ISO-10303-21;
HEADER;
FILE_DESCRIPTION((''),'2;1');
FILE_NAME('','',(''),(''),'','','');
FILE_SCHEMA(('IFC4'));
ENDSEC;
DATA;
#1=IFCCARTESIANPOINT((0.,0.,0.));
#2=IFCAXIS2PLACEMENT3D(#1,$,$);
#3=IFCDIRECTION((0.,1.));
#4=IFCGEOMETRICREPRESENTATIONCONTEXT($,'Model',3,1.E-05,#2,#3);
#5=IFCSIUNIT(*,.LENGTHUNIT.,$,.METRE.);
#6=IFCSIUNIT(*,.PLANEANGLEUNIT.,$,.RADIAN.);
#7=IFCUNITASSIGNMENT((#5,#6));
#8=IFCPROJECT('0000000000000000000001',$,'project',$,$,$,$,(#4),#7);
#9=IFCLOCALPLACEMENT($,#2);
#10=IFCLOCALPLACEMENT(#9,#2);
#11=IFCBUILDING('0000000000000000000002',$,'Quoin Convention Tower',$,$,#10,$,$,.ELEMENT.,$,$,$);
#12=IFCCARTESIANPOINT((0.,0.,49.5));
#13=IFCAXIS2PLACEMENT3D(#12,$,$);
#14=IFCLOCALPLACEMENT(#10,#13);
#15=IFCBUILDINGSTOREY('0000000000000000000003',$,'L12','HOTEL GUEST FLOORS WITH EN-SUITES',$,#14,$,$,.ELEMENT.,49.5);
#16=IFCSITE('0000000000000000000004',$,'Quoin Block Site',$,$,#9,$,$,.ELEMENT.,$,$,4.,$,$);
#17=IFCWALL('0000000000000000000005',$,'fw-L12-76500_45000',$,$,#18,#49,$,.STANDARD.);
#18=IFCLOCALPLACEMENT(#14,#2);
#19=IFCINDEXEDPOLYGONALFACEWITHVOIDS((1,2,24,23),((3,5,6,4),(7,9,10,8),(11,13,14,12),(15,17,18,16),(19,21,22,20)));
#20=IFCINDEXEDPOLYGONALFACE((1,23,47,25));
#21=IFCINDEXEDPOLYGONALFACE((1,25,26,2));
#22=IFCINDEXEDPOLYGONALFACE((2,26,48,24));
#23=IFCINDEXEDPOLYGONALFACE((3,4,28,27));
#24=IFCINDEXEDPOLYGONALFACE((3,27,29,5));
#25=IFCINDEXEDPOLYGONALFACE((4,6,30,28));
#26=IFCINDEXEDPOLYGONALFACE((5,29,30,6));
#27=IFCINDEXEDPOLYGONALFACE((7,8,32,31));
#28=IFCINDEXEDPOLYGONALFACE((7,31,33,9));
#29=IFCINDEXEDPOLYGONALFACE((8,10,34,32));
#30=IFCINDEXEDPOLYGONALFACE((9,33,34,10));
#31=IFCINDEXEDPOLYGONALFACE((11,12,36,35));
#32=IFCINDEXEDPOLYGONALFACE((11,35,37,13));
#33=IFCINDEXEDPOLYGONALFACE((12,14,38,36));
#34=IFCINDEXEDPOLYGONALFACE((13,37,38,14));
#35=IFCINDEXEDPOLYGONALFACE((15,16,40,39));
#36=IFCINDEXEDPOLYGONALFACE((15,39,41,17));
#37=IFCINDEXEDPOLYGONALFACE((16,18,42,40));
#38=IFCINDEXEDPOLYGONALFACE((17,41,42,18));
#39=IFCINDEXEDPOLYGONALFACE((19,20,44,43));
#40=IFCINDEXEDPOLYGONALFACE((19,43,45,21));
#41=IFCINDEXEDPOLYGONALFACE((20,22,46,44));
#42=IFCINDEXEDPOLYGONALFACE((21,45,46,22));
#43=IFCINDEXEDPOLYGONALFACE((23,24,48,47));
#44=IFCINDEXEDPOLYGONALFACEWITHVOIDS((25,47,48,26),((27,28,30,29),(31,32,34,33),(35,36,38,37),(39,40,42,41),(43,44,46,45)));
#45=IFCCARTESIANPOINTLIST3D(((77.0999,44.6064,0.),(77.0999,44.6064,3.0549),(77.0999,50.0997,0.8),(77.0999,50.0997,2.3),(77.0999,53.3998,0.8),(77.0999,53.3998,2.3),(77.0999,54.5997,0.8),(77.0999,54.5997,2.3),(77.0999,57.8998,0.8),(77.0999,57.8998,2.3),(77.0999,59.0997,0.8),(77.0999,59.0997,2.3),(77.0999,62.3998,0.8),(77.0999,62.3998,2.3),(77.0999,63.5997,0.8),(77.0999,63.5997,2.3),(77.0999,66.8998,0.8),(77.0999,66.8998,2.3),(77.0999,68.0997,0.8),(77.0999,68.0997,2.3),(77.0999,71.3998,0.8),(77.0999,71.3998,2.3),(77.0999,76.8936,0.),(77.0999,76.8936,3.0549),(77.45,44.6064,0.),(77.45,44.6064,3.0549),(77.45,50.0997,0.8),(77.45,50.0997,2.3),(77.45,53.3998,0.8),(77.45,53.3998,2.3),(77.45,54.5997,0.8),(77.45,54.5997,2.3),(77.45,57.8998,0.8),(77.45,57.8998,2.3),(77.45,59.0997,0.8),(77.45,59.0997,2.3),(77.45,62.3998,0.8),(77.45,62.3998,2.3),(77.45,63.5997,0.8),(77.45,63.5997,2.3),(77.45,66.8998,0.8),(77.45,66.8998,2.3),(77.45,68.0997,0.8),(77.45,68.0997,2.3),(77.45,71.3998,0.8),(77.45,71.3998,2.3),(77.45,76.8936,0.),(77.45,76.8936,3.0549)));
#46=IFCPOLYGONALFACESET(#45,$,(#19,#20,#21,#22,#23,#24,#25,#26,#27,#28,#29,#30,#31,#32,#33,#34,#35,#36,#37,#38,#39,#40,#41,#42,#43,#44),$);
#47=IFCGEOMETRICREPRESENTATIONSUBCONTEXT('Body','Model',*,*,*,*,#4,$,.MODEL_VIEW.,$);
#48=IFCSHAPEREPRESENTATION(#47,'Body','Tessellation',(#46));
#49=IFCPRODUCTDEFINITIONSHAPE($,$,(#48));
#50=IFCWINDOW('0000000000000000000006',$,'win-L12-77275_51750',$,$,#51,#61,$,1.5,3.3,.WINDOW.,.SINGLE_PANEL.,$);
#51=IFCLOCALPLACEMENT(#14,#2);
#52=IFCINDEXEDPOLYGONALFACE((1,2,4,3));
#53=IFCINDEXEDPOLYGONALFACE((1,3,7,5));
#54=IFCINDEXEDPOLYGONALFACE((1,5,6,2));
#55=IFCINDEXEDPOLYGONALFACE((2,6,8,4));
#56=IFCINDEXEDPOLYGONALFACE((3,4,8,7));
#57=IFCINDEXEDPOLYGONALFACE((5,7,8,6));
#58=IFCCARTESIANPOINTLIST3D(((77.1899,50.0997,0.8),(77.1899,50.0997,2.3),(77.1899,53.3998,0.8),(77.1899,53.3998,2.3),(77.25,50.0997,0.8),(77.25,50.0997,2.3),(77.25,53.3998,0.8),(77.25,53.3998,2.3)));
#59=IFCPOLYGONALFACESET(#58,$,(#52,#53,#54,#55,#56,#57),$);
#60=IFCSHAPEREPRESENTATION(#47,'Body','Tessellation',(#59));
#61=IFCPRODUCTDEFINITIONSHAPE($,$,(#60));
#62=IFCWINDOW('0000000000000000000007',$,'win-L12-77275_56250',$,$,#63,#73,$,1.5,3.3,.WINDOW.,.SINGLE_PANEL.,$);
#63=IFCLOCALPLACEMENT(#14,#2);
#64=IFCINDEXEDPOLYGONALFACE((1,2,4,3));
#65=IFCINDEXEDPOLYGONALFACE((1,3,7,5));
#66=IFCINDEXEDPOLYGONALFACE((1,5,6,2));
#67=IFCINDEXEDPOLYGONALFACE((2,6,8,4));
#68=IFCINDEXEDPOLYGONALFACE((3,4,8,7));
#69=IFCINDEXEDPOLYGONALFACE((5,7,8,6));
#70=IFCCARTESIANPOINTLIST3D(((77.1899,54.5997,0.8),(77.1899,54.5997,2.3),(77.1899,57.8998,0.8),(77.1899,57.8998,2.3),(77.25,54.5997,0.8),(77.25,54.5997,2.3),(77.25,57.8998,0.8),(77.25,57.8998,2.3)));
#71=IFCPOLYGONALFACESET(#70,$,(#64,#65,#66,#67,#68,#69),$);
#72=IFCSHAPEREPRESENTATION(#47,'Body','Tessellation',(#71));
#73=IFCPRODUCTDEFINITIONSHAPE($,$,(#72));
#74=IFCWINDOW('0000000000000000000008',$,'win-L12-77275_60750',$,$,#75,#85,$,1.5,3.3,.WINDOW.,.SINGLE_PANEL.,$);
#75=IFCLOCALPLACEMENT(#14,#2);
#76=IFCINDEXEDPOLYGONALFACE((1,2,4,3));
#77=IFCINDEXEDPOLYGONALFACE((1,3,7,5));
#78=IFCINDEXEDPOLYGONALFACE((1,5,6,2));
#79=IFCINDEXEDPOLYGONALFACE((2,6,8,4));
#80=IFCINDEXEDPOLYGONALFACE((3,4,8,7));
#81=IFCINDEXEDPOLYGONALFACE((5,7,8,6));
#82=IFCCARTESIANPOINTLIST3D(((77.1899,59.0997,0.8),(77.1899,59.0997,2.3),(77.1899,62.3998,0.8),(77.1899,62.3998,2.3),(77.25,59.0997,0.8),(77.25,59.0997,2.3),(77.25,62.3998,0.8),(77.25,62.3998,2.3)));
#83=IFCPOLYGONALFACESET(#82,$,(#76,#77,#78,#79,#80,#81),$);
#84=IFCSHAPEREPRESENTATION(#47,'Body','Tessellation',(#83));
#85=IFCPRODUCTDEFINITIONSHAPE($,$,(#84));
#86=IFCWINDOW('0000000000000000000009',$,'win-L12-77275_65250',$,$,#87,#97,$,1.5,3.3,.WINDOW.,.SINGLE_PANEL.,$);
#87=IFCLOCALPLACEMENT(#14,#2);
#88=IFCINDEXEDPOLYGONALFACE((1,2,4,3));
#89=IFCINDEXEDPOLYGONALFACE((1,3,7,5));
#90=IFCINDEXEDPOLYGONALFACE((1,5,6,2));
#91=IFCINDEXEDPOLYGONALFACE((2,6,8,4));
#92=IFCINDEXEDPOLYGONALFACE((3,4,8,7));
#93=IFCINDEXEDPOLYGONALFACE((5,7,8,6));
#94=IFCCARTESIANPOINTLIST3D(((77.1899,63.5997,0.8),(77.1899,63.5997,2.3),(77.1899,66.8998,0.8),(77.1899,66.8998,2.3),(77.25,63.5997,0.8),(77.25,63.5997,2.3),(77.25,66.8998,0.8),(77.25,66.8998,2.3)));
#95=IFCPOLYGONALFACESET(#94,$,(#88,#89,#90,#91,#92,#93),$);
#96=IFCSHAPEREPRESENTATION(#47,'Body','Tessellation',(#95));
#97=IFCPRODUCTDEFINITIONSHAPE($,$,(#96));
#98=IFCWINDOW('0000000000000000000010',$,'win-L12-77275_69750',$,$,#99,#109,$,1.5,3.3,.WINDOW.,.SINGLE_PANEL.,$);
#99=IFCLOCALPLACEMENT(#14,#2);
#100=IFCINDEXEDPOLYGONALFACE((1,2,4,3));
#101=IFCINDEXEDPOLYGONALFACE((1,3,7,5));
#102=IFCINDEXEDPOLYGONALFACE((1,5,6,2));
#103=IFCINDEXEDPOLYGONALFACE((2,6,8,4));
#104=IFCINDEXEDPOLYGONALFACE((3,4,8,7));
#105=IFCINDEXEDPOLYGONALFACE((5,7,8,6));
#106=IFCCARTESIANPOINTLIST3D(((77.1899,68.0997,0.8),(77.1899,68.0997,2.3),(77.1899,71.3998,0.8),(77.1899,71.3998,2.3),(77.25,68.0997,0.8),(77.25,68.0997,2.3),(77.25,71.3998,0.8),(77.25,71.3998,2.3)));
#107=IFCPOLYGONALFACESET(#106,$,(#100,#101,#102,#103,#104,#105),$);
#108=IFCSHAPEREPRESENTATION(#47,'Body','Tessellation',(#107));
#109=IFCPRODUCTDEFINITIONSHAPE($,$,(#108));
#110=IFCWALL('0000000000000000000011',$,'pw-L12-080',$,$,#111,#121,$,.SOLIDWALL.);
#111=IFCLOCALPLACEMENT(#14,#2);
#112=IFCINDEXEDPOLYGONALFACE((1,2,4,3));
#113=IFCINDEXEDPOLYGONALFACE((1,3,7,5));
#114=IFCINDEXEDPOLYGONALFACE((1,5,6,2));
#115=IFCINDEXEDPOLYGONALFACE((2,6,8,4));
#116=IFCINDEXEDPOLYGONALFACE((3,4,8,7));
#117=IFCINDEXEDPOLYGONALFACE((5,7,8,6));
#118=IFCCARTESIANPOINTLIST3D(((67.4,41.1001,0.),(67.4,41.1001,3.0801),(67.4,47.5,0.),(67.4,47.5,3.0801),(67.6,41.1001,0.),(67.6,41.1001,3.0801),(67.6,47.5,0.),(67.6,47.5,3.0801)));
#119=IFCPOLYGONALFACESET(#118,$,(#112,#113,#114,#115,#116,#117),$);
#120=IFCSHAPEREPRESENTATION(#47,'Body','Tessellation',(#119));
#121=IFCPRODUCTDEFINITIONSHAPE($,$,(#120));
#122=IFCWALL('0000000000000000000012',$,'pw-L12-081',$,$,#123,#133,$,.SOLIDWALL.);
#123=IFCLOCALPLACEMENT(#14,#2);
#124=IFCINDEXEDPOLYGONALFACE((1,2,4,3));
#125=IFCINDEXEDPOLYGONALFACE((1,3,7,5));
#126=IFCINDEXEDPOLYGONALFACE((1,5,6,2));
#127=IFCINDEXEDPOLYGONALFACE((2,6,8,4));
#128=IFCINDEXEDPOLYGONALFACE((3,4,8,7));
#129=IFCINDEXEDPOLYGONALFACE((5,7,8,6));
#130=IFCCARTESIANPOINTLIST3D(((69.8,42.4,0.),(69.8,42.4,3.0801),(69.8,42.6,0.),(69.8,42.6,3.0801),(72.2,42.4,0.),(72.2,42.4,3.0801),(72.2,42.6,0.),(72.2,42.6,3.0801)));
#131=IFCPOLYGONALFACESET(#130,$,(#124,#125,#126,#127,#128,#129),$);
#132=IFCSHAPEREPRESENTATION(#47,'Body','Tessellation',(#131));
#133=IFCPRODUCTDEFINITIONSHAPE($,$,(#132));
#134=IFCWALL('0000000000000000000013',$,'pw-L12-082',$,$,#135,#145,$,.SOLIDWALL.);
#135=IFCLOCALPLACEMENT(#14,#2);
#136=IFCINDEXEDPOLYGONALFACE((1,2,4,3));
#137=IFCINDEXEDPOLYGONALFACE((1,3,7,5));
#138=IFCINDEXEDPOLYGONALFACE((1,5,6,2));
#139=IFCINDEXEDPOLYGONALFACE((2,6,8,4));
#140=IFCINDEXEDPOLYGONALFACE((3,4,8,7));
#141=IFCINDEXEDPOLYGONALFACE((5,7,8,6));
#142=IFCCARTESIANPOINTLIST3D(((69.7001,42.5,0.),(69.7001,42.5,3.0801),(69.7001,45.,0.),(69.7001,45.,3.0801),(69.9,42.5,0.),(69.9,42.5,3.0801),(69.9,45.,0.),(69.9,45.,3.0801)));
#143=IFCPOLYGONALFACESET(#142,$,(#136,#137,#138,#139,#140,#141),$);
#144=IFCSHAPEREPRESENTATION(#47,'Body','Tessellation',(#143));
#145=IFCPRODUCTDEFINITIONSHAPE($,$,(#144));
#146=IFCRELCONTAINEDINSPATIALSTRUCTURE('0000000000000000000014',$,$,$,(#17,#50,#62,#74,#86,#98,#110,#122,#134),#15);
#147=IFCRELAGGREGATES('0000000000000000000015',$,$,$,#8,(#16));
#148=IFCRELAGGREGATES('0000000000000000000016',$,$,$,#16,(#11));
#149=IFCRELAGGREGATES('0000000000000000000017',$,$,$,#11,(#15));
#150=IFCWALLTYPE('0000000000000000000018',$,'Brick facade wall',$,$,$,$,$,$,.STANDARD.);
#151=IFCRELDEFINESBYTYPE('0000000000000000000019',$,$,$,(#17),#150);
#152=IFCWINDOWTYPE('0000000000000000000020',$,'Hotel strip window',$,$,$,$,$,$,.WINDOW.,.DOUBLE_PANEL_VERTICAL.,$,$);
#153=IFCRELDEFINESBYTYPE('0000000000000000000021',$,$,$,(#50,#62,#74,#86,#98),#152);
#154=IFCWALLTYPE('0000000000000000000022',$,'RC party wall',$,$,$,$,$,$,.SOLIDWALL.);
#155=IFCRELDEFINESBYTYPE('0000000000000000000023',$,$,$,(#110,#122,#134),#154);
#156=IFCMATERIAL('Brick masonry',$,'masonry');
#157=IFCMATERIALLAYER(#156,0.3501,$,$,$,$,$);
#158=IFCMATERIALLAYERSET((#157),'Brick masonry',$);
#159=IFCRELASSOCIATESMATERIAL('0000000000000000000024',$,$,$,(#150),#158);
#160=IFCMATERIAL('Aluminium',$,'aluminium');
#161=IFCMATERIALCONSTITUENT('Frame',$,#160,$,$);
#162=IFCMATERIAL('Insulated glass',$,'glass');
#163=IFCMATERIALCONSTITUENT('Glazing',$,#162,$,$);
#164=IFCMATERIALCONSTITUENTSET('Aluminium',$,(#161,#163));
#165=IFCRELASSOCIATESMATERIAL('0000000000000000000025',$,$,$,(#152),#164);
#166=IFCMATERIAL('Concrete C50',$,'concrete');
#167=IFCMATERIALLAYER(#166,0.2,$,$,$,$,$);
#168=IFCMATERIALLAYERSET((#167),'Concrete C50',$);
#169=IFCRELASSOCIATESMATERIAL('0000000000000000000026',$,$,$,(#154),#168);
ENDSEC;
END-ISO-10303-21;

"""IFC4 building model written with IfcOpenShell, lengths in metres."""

from ifc_helpers import new_model, si_unit, direction, frame, frame_2d, origin, place, context, subcontext, project, spatial, rectangle, extrude, material, layer, layer_set, constituent, constituent_set, type_object, element, fill, save


model = new_model("IFC4")

# Units and contexts
model_context = context("Model", 3, precision=1e-05, world=origin(), true_north=direction((0.0, 1.0)))
body_context = subcontext(model_context, "Body", "Model", "MODEL_VIEW")
ifc_project = project(units=[si_unit("LENGTHUNIT", "METRE"), si_unit("PLANEANGLEUNIT", "RADIAN")], contexts=[model_context])

# Site, building, storey
site_placement = place(None, origin())
site = spatial("IfcSite", under=ifc_project, at=site_placement, Name="Quoin Block Site", CompositionType="ELEMENT", RefElevation=4.0)
building_placement = place(site_placement, origin())
building = spatial("IfcBuilding", under=site, at=building_placement, Name="Quoin Convention Tower", CompositionType="ELEMENT")
storey_placement = place(building_placement, frame((0.0, 0.0, 49.5)))
storey = spatial("IfcBuildingStorey", under=building, at=storey_placement, Name="L12", Description="HOTEL GUEST FLOORS WITH EN-SUITES", CompositionType="ELEMENT", Elevation=49.5)

# Wall, openings, windows
ifc_material_1 = material(Name="Brick masonry", Category="masonry")
ifc_layer_1 = layer(ifc_material_1, 0.3501)
ifc_layer_set_1 = layer_set([ifc_layer_1], Name="Brick masonry")
wall_type_1 = type_object("IfcWallType", Name="Brick facade wall", PredefinedType="STANDARD", material=ifc_layer_set_1)
wall_1_placement = place(storey_placement, frame((77.2749, 44.6064, 0.0), z_axis=(0.0, 0.0, 1.0), x_axis=(0.0, 1.0, 0.0)))
wall_1 = element("IfcWall", 1, at=wall_1_placement, inside=storey, type_object=wall_type_1, Name="fw-L12-76500_45000", PredefinedType="STANDARD", context=body_context, shape_type="SweptSolid", body=[
    extrude(rectangle(XDim=32.2871, YDim=0.3501, at=frame_2d((16.1436, 0.0))), origin(), (0.0, 0.0, 1.0), 3.0549),
])
opening_1_placement = place(wall_1_placement, frame((5.4934, 0.0, 0.8)))
opening_1 = element("IfcOpeningElement", 2, at=opening_1_placement, cuts=wall_1, PredefinedType="OPENING", context=body_context, shape_type="SweptSolid", body=[
    extrude(rectangle(XDim=3.3, YDim=1.5, at=frame_2d((1.6499, 0.75))), frame((0.0, 0.1851, 0.0), z_axis=(0.0, -1.0, 0.0), x_axis=(1.0, 0.0, 0.0)), (0.0, 0.0, 1.0), 0.3701),
])
opening_2_placement = place(wall_1_placement, frame((9.9934, 0.0, 0.8)))
opening_2 = element("IfcOpeningElement", 3, at=opening_2_placement, cuts=wall_1, PredefinedType="OPENING", context=body_context, shape_type="SweptSolid", body=[
    extrude(rectangle(XDim=3.3, YDim=1.5, at=frame_2d((1.6499, 0.75))), frame((0.0, 0.1851, 0.0), z_axis=(0.0, -1.0, 0.0), x_axis=(1.0, 0.0, 0.0)), (0.0, 0.0, 1.0), 0.3701),
])
opening_3_placement = place(wall_1_placement, frame((14.4934, 0.0, 0.8)))
opening_3 = element("IfcOpeningElement", 4, at=opening_3_placement, cuts=wall_1, PredefinedType="OPENING", context=body_context, shape_type="SweptSolid", body=[
    extrude(rectangle(XDim=3.3, YDim=1.5, at=frame_2d((1.6499, 0.75))), frame((0.0, 0.1851, 0.0), z_axis=(0.0, -1.0, 0.0), x_axis=(1.0, 0.0, 0.0)), (0.0, 0.0, 1.0), 0.3701),
])
opening_4_placement = place(wall_1_placement, frame((18.9934, 0.0, 0.8)))
opening_4 = element("IfcOpeningElement", 5, at=opening_4_placement, cuts=wall_1, PredefinedType="OPENING", context=body_context, shape_type="SweptSolid", body=[
    extrude(rectangle(XDim=3.3, YDim=1.5, at=frame_2d((1.6499, 0.75))), frame((0.0, 0.1851, 0.0), z_axis=(0.0, -1.0, 0.0), x_axis=(1.0, 0.0, 0.0)), (0.0, 0.0, 1.0), 0.3701),
])
opening_5_placement = place(wall_1_placement, frame((23.4934, 0.0, 0.8)))
opening_5 = element("IfcOpeningElement", 6, at=opening_5_placement, cuts=wall_1, PredefinedType="OPENING", context=body_context, shape_type="SweptSolid", body=[
    extrude(rectangle(XDim=3.3, YDim=1.5, at=frame_2d((1.6499, 0.75))), frame((0.0, 0.1851, 0.0), z_axis=(0.0, -1.0, 0.0), x_axis=(1.0, 0.0, 0.0)), (0.0, 0.0, 1.0), 0.3701),
])
ifc_material_2 = material(Name="Aluminium", Category="aluminium")
ifc_constituent_1 = constituent(ifc_material_2, Name="Frame")
ifc_material_3 = material(Name="Insulated glass", Category="glass")
ifc_constituent_2 = constituent(ifc_material_3, Name="Glazing")
ifc_constituent_set = constituent_set(constituents=[ifc_constituent_1, ifc_constituent_2], Name="Aluminium")
window_type = type_object("IfcWindowType", Name="Hotel strip window", PartitioningType="DOUBLE_PANEL_VERTICAL", PredefinedType="WINDOW", material=ifc_constituent_set)
window_1_placement = place(opening_1_placement, origin())
window_1 = element("IfcWindow", 7, at=window_1_placement, inside=storey, type_object=window_type, Name="win-L12-77275_51750", OverallHeight=1.5, OverallWidth=3.3, PartitioningType="SINGLE_PANEL", PredefinedType="WINDOW", context=body_context, shape_type="SweptSolid", body=[
    extrude(rectangle(XDim=3.3, YDim=1.5, at=frame_2d((1.6499, 0.75))), frame((0.0, 0.085, 0.0), z_axis=(0.0, -1.0, 0.0), x_axis=(1.0, 0.0, 0.0)), (0.0, 0.0, 1.0), 0.0601),
])
fill(opening_1, window_1)
window_2_placement = place(opening_2_placement, origin())
window_2 = element("IfcWindow", 8, at=window_2_placement, inside=storey, type_object=window_type, Name="win-L12-77275_56250", OverallHeight=1.5, OverallWidth=3.3, PartitioningType="SINGLE_PANEL", PredefinedType="WINDOW", context=body_context, shape_type="SweptSolid", body=[
    extrude(rectangle(XDim=3.3, YDim=1.5, at=frame_2d((1.6499, 0.75))), frame((0.0, 0.085, 0.0), z_axis=(0.0, -1.0, 0.0), x_axis=(1.0, 0.0, 0.0)), (0.0, 0.0, 1.0), 0.0601),
])
fill(opening_2, window_2)
window_3_placement = place(opening_3_placement, origin())
window_3 = element("IfcWindow", 9, at=window_3_placement, inside=storey, type_object=window_type, Name="win-L12-77275_60750", OverallHeight=1.5, OverallWidth=3.3, PartitioningType="SINGLE_PANEL", PredefinedType="WINDOW", context=body_context, shape_type="SweptSolid", body=[
    extrude(rectangle(XDim=3.3, YDim=1.5, at=frame_2d((1.6499, 0.75))), frame((0.0, 0.085, 0.0), z_axis=(0.0, -1.0, 0.0), x_axis=(1.0, 0.0, 0.0)), (0.0, 0.0, 1.0), 0.0601),
])
fill(opening_3, window_3)
window_4_placement = place(opening_4_placement, origin())
window_4 = element("IfcWindow", 10, at=window_4_placement, inside=storey, type_object=window_type, Name="win-L12-77275_65250", OverallHeight=1.5, OverallWidth=3.3, PartitioningType="SINGLE_PANEL", PredefinedType="WINDOW", context=body_context, shape_type="SweptSolid", body=[
    extrude(rectangle(XDim=3.3, YDim=1.5, at=frame_2d((1.6499, 0.75))), frame((0.0, 0.085, 0.0), z_axis=(0.0, -1.0, 0.0), x_axis=(1.0, 0.0, 0.0)), (0.0, 0.0, 1.0), 0.0601),
])
fill(opening_4, window_4)
window_5_placement = place(opening_5_placement, origin())
window_5 = element("IfcWindow", 11, at=window_5_placement, inside=storey, type_object=window_type, Name="win-L12-77275_69750", OverallHeight=1.5, OverallWidth=3.3, PartitioningType="SINGLE_PANEL", PredefinedType="WINDOW", context=body_context, shape_type="SweptSolid", body=[
    extrude(rectangle(XDim=3.3, YDim=1.5, at=frame_2d((1.6499, 0.75))), frame((0.0, 0.085, 0.0), z_axis=(0.0, -1.0, 0.0), x_axis=(1.0, 0.0, 0.0)), (0.0, 0.0, 1.0), 0.0601),
])
fill(opening_5, window_5)

# Walls
ifc_material_4 = material(Name="Concrete C50", Category="concrete")
ifc_layer_2 = layer(ifc_material_4, 0.2)
ifc_layer_set_2 = layer_set([ifc_layer_2], Name="Concrete C50")
wall_type_2 = type_object("IfcWallType", Name="RC party wall", PredefinedType="SOLIDWALL", material=ifc_layer_set_2)
wall_2_placement = place(storey_placement, frame((67.5, 41.1001, 0.0), z_axis=(0.0, 0.0, 1.0), x_axis=(0.0, 1.0, 0.0)))
element("IfcWall", 12, at=wall_2_placement, inside=storey, type_object=wall_type_2, Name="pw-L12-080", PredefinedType="SOLIDWALL", context=body_context, shape_type="SweptSolid", body=[
    extrude(rectangle(XDim=6.3999, YDim=0.2, at=frame_2d((3.2, 0.0))), origin(), (0.0, 0.0, 1.0), 3.0801),
])
wall_3_placement = place(storey_placement, frame((69.8, 42.5, 0.0), z_axis=(0.0, 0.0, 1.0), x_axis=(1.0, 0.0, 0.0)))
element("IfcWall", 13, at=wall_3_placement, inside=storey, type_object=wall_type_2, Name="pw-L12-081", PredefinedType="SOLIDWALL", context=body_context, shape_type="SweptSolid", body=[
    extrude(rectangle(XDim=2.3999, YDim=0.2, at=frame_2d((1.2, 0.0))), origin(), (0.0, 0.0, 1.0), 3.0801),
])
wall_4_placement = place(storey_placement, frame((69.8, 42.5, 0.0), z_axis=(0.0, 0.0, 1.0), x_axis=(0.0, 1.0, 0.0)))
element("IfcWall", 14, at=wall_4_placement, inside=storey, type_object=wall_type_2, Name="pw-L12-082", PredefinedType="SOLIDWALL", context=body_context, shape_type="SweptSolid", body=[
    extrude(rectangle(XDim=2.5, YDim=0.2, at=frame_2d((1.25, 0.0))), origin(), (0.0, 0.0, 1.0), 3.0801),
])

save(model, "model.ifc")
